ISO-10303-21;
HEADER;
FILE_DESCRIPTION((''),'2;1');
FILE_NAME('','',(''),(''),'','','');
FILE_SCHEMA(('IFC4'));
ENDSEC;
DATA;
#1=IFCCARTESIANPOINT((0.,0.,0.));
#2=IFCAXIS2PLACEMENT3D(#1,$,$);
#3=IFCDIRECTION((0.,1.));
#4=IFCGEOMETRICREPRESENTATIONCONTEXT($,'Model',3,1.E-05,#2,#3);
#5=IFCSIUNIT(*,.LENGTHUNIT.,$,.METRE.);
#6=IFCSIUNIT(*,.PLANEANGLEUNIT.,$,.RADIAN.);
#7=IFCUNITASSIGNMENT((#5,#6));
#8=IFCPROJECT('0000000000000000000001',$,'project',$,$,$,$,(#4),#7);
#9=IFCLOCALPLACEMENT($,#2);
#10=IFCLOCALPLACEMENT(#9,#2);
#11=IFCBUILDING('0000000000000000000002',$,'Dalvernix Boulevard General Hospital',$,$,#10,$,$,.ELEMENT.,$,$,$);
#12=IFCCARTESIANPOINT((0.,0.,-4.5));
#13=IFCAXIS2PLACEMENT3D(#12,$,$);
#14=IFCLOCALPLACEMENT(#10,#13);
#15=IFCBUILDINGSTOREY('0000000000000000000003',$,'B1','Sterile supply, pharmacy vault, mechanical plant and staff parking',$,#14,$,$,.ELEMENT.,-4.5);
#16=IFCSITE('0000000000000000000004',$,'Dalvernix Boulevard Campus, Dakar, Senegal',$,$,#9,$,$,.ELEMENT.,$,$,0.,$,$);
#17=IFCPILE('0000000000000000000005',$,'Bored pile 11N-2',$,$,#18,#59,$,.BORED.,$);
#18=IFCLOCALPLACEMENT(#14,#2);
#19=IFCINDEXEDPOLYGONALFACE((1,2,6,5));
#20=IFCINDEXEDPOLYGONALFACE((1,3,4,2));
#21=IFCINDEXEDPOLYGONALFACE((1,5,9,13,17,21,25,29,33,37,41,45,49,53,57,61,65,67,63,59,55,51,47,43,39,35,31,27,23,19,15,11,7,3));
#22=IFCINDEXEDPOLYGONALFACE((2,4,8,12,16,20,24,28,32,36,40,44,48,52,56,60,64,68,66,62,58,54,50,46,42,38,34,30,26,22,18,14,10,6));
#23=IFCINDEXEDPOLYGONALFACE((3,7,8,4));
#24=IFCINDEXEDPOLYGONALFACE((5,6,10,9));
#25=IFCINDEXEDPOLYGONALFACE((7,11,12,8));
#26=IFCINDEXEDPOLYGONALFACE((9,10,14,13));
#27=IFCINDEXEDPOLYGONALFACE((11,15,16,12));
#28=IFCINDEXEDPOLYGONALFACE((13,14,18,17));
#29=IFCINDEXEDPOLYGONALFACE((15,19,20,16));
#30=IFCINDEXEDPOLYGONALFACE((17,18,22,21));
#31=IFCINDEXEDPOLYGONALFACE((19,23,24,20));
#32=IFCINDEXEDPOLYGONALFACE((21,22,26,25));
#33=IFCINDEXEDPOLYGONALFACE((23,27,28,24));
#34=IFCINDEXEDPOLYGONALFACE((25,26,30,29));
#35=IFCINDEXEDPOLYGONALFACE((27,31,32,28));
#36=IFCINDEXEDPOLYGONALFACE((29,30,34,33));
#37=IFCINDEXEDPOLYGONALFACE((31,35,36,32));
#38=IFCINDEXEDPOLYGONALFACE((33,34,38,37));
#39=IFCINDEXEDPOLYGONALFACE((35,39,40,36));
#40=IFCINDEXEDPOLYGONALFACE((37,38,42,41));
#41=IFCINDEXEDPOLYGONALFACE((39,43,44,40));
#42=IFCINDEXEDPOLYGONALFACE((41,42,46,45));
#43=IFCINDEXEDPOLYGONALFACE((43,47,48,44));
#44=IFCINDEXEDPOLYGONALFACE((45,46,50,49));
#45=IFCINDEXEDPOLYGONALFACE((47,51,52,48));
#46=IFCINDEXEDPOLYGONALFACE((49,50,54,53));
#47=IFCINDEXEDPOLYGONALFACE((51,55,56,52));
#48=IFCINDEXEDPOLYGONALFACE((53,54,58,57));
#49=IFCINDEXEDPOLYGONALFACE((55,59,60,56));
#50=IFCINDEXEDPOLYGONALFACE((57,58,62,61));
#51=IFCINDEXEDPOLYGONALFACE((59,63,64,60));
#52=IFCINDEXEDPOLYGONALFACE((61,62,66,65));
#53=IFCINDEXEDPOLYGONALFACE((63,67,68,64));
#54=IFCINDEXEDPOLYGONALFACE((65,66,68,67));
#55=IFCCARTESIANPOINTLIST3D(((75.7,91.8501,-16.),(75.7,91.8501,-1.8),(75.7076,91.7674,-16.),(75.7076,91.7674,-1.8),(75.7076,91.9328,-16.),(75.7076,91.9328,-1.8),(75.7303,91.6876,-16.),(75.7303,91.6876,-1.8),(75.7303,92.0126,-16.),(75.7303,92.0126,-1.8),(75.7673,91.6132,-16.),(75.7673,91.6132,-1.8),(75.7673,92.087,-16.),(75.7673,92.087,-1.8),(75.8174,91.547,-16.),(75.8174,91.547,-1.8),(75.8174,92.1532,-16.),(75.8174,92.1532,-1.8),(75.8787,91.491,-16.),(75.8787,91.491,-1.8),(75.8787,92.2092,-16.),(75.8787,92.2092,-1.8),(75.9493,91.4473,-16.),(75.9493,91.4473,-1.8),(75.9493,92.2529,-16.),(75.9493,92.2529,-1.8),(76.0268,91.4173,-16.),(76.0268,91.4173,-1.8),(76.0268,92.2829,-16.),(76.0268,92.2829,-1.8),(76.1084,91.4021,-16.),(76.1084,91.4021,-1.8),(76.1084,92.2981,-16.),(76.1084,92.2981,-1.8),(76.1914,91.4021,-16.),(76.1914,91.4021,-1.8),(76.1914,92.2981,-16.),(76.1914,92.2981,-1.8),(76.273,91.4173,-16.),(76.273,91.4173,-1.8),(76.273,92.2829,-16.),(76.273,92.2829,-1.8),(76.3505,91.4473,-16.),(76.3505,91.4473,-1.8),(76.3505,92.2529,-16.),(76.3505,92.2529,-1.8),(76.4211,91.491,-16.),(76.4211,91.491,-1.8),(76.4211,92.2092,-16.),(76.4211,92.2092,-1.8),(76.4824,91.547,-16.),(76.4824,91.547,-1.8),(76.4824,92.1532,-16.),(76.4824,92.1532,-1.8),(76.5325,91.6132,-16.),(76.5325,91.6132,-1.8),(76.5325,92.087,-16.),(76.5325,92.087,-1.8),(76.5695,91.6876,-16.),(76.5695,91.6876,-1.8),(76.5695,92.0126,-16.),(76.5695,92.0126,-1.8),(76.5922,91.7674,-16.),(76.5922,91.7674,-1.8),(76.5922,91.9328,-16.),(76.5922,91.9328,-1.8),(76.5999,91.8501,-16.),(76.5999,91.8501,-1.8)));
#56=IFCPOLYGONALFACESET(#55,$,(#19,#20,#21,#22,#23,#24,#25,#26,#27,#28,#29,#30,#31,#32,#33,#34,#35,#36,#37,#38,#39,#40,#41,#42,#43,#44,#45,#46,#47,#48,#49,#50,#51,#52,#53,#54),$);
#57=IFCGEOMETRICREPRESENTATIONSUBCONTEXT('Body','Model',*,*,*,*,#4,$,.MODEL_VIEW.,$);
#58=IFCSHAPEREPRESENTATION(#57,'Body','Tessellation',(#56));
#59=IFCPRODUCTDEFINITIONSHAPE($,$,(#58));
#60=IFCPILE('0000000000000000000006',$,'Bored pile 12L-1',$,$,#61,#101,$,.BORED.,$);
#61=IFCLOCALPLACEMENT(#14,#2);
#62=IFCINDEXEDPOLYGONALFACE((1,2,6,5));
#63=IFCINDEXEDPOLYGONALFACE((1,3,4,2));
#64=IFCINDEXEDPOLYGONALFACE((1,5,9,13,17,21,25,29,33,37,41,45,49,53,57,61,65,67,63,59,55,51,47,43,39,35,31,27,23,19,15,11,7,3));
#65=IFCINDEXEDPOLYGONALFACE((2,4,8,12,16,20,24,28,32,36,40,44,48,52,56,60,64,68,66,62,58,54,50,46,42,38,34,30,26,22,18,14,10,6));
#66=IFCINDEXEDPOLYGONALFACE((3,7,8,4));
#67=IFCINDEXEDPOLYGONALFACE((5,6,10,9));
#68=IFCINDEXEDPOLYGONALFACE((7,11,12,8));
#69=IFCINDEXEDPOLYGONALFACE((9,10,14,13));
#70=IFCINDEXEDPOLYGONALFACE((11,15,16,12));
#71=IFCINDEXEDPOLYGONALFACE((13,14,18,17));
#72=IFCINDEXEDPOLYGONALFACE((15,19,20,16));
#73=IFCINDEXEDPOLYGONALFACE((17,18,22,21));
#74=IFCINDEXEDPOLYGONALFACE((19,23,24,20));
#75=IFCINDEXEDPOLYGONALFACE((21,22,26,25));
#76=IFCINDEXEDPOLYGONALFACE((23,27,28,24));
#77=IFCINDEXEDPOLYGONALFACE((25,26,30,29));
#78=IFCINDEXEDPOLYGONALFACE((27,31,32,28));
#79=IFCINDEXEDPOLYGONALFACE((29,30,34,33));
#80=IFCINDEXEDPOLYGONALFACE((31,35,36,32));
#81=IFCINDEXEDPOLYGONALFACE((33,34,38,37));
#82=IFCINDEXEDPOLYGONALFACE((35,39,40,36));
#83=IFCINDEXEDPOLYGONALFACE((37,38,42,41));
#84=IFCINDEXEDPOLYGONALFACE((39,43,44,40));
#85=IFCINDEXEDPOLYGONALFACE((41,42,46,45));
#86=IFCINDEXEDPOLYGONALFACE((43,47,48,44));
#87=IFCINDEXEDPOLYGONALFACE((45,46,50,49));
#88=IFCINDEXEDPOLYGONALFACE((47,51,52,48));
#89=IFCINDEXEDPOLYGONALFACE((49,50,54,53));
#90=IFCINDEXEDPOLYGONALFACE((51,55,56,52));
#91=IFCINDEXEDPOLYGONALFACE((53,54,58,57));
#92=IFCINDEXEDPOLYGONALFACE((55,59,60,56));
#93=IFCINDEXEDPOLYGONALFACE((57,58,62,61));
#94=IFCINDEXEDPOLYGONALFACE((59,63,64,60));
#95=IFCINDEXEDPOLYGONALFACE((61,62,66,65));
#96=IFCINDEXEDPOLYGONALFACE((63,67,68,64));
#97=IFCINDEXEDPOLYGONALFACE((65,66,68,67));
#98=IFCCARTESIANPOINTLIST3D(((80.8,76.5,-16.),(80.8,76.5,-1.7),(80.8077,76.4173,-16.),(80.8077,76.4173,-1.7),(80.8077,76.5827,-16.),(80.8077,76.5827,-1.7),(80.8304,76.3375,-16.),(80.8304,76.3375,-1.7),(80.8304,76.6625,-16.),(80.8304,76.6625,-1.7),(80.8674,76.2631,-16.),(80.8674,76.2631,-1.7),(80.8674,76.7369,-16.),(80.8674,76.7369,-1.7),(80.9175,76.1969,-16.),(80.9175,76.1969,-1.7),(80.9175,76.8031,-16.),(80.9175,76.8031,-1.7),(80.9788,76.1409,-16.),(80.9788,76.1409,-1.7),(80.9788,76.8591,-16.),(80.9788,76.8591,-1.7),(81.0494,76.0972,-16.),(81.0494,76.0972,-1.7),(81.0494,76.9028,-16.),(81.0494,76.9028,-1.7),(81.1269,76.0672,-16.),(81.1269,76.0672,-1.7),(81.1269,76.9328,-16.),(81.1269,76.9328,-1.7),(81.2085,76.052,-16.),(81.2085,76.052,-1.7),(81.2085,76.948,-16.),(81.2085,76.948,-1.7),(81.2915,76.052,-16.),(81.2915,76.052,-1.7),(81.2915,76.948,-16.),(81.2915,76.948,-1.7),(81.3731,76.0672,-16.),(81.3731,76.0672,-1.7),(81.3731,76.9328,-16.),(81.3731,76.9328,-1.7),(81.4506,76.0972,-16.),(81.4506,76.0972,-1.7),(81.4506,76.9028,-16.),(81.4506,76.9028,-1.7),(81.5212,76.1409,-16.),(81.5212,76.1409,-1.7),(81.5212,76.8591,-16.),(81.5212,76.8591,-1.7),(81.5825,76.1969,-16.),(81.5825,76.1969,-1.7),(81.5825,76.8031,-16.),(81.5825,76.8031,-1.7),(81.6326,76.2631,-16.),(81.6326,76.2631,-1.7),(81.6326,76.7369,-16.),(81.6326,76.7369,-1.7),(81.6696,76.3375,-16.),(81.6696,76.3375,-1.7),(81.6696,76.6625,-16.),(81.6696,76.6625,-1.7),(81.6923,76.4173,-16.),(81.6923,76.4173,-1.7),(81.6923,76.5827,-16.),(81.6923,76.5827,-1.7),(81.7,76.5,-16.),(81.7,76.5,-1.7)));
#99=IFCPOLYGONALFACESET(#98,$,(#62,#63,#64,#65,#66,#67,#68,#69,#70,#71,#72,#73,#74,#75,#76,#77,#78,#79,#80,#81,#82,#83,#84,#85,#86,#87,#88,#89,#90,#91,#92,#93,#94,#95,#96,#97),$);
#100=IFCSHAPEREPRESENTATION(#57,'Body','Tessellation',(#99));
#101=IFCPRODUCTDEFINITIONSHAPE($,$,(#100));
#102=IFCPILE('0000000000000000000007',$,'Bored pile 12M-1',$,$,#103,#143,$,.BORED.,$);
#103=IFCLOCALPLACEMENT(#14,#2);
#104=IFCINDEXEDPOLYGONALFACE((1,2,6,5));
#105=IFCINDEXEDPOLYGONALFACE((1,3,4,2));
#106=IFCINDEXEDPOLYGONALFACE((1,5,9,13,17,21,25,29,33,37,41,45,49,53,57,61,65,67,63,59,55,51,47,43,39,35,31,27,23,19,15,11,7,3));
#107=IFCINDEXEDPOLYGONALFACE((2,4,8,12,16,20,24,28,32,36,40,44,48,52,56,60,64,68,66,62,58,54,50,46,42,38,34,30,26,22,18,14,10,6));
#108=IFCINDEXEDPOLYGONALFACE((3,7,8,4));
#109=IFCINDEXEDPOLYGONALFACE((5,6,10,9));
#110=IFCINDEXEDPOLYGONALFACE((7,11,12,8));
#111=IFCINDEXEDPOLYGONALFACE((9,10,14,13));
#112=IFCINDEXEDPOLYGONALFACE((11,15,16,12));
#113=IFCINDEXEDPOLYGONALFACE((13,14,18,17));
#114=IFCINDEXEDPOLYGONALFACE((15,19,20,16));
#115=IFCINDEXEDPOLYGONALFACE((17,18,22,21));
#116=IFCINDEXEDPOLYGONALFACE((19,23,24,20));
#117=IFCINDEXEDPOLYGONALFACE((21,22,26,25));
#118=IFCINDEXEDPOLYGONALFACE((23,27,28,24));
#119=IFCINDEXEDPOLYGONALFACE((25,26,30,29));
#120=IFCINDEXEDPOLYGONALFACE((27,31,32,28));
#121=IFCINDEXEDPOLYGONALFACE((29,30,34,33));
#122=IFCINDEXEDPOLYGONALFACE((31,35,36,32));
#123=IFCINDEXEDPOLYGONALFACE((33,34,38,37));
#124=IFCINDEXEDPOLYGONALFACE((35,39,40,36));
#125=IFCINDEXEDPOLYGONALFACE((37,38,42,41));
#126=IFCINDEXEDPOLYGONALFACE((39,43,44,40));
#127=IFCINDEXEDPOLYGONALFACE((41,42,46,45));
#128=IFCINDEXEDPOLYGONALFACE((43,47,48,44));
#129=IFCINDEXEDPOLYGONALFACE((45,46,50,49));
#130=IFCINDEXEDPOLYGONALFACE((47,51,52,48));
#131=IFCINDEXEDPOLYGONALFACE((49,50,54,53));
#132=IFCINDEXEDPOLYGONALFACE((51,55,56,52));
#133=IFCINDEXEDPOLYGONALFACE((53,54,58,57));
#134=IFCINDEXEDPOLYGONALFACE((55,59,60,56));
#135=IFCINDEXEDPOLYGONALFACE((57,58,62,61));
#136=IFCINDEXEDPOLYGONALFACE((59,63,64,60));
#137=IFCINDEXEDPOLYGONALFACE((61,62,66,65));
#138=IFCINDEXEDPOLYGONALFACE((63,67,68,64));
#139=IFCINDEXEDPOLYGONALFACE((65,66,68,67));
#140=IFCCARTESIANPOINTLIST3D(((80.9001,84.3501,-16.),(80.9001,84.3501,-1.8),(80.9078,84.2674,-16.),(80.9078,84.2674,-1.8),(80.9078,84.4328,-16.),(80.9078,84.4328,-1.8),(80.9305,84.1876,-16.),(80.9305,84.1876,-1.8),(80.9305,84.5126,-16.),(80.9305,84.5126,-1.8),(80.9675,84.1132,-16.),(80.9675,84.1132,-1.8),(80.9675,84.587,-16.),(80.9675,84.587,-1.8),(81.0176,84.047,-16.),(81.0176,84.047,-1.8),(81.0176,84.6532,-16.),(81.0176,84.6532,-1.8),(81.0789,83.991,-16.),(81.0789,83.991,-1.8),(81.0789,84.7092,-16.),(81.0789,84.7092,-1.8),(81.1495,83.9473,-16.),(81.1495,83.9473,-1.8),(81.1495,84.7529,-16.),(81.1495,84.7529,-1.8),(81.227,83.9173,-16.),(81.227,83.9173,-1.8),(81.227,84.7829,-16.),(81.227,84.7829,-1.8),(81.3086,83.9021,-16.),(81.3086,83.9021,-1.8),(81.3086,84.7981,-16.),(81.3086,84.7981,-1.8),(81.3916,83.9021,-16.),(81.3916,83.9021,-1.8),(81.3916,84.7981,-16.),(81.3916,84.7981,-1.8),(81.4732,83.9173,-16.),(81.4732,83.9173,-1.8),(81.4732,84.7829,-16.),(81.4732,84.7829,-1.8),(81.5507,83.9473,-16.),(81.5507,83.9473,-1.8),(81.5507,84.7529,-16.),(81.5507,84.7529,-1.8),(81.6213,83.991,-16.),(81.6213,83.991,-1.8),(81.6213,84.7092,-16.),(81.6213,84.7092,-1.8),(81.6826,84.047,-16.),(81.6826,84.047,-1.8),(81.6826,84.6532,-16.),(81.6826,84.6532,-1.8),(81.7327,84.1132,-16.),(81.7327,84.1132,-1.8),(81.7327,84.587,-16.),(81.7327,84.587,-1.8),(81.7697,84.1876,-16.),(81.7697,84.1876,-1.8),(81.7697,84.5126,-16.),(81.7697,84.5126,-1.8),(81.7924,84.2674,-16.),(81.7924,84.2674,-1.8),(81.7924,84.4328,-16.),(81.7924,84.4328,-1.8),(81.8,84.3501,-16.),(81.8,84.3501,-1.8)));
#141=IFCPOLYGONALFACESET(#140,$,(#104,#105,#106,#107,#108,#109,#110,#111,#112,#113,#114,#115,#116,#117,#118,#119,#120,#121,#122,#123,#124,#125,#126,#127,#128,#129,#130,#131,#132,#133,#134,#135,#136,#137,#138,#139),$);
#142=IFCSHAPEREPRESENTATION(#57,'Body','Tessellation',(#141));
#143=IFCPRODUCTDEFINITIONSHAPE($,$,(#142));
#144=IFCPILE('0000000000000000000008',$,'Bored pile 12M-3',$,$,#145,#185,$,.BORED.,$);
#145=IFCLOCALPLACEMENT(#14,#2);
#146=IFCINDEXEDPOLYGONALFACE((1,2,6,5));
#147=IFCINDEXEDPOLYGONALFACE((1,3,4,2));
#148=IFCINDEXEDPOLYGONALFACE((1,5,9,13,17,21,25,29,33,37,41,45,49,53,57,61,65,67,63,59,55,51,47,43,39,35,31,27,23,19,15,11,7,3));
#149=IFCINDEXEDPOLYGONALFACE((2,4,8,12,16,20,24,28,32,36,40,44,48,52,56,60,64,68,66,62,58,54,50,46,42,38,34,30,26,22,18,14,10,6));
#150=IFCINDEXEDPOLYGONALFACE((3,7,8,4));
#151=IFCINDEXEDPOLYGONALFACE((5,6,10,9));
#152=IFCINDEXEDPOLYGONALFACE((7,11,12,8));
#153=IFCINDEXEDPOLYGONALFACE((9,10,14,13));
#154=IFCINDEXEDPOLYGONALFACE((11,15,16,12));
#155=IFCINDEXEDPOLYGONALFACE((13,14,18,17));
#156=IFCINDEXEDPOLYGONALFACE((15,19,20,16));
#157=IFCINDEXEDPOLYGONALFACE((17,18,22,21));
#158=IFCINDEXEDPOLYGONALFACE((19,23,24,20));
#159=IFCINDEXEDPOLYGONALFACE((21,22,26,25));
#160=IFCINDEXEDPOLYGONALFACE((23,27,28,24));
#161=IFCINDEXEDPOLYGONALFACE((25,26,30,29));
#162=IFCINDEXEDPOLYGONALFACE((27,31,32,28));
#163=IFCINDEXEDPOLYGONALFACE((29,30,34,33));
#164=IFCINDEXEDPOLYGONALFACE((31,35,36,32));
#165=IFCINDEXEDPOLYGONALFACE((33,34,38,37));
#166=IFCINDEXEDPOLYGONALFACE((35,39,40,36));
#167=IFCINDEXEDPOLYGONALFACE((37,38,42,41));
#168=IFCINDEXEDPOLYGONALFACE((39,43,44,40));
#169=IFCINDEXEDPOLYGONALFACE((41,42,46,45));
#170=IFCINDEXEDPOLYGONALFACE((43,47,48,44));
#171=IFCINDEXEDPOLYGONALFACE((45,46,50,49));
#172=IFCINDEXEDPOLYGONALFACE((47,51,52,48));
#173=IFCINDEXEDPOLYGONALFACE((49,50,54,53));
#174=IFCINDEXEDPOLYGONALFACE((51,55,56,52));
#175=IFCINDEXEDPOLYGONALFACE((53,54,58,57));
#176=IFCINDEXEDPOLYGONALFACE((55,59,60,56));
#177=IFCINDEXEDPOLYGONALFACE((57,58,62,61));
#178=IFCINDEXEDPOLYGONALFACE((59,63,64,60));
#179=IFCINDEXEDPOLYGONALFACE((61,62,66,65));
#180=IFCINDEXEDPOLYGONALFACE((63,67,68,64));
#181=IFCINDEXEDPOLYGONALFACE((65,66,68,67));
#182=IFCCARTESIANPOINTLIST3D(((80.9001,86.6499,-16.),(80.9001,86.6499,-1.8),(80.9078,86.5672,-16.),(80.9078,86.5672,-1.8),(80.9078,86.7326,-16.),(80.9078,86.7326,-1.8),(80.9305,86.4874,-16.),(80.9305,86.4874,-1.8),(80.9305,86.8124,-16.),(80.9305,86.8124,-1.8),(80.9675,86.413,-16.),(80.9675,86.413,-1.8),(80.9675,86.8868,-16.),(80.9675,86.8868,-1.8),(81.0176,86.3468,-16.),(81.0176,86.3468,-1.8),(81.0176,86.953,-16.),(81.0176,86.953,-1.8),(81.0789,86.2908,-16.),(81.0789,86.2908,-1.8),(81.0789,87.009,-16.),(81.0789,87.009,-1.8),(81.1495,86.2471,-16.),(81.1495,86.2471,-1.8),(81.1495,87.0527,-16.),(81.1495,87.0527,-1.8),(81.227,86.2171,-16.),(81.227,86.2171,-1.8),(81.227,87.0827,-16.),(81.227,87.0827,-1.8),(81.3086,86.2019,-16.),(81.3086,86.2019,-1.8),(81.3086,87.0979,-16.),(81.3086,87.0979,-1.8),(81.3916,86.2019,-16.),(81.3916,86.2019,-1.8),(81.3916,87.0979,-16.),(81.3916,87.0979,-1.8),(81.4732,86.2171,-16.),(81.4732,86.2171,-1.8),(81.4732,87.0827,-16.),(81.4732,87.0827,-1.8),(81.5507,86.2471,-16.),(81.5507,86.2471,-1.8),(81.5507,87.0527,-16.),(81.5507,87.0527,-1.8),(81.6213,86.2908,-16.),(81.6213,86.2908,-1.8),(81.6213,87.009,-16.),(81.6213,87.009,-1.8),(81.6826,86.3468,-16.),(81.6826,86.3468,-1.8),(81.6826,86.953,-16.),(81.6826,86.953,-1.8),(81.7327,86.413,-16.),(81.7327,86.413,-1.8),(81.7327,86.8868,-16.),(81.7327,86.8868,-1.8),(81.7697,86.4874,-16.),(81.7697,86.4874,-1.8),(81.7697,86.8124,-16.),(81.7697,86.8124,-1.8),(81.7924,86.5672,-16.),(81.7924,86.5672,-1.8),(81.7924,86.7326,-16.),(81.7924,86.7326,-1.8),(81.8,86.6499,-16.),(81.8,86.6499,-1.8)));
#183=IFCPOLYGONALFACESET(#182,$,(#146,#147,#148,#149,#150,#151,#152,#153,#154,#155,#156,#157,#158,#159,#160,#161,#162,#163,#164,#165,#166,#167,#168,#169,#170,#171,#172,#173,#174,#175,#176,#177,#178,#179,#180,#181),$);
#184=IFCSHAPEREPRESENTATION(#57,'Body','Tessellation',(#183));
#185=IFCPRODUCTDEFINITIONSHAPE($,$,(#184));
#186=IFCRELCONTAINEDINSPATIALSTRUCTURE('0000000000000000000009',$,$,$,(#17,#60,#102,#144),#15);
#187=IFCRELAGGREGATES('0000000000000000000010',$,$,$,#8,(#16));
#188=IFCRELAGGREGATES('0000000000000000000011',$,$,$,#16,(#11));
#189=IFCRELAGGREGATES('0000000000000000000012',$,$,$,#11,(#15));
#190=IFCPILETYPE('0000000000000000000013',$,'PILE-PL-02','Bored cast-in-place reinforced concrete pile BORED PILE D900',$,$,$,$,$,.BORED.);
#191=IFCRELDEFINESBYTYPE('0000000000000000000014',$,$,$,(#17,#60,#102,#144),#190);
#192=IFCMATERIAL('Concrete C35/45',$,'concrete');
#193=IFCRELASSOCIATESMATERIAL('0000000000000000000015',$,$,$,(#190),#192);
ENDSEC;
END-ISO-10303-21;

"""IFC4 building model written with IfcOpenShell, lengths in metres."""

from ifc_helpers import new_model, si_unit, direction, frame, origin, origin_2d, place, context, subcontext, project, spatial, circle, extrude, material, material_profile, profile_set, type_object, element, save


model = new_model("IFC4")

# Units and contexts
model_context = context("Model", 3, precision=1e-05, world=origin(), true_north=direction((0.0, 1.0)))
body_context = subcontext(model_context, "Body", "Model", "MODEL_VIEW")
ifc_project = project(units=[si_unit("LENGTHUNIT", "METRE"), si_unit("PLANEANGLEUNIT", "RADIAN")], contexts=[model_context])

# Site, building, storey
site_placement = place(None, origin())
site = spatial("IfcSite", under=ifc_project, at=site_placement, Name="Dalvernix Boulevard Campus, Dakar, Senegal", CompositionType="ELEMENT", RefElevation=0.0)
building_placement = place(site_placement, origin())
building = spatial("IfcBuilding", under=site, at=building_placement, Name="Dalvernix Boulevard General Hospital", CompositionType="ELEMENT")
storey_placement = place(building_placement, frame((0.0, 0.0, -4.5)))
storey = spatial("IfcBuildingStorey", under=building, at=storey_placement, Name="B1", Description="Sterile supply, pharmacy vault, mechanical plant and staff parking", CompositionType="ELEMENT", Elevation=-4.5)

# Shared definitions
ifc_material_1 = material(Name="Concrete C35/45", Category="concrete")

# Piles
ifc_material_profile_1 = material_profile(ifc_material_1, circle(Radius=0.45, at=origin_2d()), Name="BORED PILE D900")
ifc_profile_set_1 = profile_set([ifc_material_profile_1], Name="Concrete C35/45")
pile_type = type_object("IfcPileType", Name="PILE-PL-02", Description="Bored cast-in-place reinforced concrete pile BORED PILE D900", PredefinedType="BORED", material=ifc_profile_set_1)
for number, where, z_axis, x_axis, name in (
    (1, (76.1499, 91.8501, -1.8), (0.0, 0.0, -1.0), (1.0, 0.0, 0.0), "Bored pile 11N-2"),
):
    element("IfcPile", number, at=place(storey_placement, frame(where, z_axis=z_axis, x_axis=x_axis)), inside=storey, type_object=pile_type, Name=name, PredefinedType="BORED", context=body_context, shape_type="SweptSolid", body=[
        extrude(circle(Radius=0.45, at=origin_2d()), origin(), (0.0, 0.0, 1.0), 14.2),
    ])
pile_1_placement = place(storey_placement, frame((81.25, 76.5, -1.7), z_axis=(0.0, 0.0, -1.0), x_axis=(1.0, 0.0, 0.0)))
element("IfcPile", 2, at=pile_1_placement, inside=storey, type_object=pile_type, Name="Bored pile 12L-1", PredefinedType="BORED", context=body_context, shape_type="SweptSolid", body=[
    extrude(circle(Radius=0.45, at=origin_2d()), origin(), (0.0, 0.0, 1.0), 14.3),
])
for number, where, z_axis, x_axis, name in (
    (3, (81.3501, 84.3501, -1.8), (0.0, 0.0, -1.0), (1.0, 0.0, 0.0), "Bored pile 12M-1"),
    (4, (81.3501, 86.6499, -1.8), (0.0, 0.0, -1.0), (1.0, 0.0, 0.0), "Bored pile 12M-3"),
):
    element("IfcPile", number, at=place(storey_placement, frame(where, z_axis=z_axis, x_axis=x_axis)), inside=storey, type_object=pile_type, Name=name, PredefinedType="BORED", context=body_context, shape_type="SweptSolid", body=[
        extrude(circle(Radius=0.45, at=origin_2d()), origin(), (0.0, 0.0, 1.0), 14.2),
    ])

save(model, "model.ifc")
